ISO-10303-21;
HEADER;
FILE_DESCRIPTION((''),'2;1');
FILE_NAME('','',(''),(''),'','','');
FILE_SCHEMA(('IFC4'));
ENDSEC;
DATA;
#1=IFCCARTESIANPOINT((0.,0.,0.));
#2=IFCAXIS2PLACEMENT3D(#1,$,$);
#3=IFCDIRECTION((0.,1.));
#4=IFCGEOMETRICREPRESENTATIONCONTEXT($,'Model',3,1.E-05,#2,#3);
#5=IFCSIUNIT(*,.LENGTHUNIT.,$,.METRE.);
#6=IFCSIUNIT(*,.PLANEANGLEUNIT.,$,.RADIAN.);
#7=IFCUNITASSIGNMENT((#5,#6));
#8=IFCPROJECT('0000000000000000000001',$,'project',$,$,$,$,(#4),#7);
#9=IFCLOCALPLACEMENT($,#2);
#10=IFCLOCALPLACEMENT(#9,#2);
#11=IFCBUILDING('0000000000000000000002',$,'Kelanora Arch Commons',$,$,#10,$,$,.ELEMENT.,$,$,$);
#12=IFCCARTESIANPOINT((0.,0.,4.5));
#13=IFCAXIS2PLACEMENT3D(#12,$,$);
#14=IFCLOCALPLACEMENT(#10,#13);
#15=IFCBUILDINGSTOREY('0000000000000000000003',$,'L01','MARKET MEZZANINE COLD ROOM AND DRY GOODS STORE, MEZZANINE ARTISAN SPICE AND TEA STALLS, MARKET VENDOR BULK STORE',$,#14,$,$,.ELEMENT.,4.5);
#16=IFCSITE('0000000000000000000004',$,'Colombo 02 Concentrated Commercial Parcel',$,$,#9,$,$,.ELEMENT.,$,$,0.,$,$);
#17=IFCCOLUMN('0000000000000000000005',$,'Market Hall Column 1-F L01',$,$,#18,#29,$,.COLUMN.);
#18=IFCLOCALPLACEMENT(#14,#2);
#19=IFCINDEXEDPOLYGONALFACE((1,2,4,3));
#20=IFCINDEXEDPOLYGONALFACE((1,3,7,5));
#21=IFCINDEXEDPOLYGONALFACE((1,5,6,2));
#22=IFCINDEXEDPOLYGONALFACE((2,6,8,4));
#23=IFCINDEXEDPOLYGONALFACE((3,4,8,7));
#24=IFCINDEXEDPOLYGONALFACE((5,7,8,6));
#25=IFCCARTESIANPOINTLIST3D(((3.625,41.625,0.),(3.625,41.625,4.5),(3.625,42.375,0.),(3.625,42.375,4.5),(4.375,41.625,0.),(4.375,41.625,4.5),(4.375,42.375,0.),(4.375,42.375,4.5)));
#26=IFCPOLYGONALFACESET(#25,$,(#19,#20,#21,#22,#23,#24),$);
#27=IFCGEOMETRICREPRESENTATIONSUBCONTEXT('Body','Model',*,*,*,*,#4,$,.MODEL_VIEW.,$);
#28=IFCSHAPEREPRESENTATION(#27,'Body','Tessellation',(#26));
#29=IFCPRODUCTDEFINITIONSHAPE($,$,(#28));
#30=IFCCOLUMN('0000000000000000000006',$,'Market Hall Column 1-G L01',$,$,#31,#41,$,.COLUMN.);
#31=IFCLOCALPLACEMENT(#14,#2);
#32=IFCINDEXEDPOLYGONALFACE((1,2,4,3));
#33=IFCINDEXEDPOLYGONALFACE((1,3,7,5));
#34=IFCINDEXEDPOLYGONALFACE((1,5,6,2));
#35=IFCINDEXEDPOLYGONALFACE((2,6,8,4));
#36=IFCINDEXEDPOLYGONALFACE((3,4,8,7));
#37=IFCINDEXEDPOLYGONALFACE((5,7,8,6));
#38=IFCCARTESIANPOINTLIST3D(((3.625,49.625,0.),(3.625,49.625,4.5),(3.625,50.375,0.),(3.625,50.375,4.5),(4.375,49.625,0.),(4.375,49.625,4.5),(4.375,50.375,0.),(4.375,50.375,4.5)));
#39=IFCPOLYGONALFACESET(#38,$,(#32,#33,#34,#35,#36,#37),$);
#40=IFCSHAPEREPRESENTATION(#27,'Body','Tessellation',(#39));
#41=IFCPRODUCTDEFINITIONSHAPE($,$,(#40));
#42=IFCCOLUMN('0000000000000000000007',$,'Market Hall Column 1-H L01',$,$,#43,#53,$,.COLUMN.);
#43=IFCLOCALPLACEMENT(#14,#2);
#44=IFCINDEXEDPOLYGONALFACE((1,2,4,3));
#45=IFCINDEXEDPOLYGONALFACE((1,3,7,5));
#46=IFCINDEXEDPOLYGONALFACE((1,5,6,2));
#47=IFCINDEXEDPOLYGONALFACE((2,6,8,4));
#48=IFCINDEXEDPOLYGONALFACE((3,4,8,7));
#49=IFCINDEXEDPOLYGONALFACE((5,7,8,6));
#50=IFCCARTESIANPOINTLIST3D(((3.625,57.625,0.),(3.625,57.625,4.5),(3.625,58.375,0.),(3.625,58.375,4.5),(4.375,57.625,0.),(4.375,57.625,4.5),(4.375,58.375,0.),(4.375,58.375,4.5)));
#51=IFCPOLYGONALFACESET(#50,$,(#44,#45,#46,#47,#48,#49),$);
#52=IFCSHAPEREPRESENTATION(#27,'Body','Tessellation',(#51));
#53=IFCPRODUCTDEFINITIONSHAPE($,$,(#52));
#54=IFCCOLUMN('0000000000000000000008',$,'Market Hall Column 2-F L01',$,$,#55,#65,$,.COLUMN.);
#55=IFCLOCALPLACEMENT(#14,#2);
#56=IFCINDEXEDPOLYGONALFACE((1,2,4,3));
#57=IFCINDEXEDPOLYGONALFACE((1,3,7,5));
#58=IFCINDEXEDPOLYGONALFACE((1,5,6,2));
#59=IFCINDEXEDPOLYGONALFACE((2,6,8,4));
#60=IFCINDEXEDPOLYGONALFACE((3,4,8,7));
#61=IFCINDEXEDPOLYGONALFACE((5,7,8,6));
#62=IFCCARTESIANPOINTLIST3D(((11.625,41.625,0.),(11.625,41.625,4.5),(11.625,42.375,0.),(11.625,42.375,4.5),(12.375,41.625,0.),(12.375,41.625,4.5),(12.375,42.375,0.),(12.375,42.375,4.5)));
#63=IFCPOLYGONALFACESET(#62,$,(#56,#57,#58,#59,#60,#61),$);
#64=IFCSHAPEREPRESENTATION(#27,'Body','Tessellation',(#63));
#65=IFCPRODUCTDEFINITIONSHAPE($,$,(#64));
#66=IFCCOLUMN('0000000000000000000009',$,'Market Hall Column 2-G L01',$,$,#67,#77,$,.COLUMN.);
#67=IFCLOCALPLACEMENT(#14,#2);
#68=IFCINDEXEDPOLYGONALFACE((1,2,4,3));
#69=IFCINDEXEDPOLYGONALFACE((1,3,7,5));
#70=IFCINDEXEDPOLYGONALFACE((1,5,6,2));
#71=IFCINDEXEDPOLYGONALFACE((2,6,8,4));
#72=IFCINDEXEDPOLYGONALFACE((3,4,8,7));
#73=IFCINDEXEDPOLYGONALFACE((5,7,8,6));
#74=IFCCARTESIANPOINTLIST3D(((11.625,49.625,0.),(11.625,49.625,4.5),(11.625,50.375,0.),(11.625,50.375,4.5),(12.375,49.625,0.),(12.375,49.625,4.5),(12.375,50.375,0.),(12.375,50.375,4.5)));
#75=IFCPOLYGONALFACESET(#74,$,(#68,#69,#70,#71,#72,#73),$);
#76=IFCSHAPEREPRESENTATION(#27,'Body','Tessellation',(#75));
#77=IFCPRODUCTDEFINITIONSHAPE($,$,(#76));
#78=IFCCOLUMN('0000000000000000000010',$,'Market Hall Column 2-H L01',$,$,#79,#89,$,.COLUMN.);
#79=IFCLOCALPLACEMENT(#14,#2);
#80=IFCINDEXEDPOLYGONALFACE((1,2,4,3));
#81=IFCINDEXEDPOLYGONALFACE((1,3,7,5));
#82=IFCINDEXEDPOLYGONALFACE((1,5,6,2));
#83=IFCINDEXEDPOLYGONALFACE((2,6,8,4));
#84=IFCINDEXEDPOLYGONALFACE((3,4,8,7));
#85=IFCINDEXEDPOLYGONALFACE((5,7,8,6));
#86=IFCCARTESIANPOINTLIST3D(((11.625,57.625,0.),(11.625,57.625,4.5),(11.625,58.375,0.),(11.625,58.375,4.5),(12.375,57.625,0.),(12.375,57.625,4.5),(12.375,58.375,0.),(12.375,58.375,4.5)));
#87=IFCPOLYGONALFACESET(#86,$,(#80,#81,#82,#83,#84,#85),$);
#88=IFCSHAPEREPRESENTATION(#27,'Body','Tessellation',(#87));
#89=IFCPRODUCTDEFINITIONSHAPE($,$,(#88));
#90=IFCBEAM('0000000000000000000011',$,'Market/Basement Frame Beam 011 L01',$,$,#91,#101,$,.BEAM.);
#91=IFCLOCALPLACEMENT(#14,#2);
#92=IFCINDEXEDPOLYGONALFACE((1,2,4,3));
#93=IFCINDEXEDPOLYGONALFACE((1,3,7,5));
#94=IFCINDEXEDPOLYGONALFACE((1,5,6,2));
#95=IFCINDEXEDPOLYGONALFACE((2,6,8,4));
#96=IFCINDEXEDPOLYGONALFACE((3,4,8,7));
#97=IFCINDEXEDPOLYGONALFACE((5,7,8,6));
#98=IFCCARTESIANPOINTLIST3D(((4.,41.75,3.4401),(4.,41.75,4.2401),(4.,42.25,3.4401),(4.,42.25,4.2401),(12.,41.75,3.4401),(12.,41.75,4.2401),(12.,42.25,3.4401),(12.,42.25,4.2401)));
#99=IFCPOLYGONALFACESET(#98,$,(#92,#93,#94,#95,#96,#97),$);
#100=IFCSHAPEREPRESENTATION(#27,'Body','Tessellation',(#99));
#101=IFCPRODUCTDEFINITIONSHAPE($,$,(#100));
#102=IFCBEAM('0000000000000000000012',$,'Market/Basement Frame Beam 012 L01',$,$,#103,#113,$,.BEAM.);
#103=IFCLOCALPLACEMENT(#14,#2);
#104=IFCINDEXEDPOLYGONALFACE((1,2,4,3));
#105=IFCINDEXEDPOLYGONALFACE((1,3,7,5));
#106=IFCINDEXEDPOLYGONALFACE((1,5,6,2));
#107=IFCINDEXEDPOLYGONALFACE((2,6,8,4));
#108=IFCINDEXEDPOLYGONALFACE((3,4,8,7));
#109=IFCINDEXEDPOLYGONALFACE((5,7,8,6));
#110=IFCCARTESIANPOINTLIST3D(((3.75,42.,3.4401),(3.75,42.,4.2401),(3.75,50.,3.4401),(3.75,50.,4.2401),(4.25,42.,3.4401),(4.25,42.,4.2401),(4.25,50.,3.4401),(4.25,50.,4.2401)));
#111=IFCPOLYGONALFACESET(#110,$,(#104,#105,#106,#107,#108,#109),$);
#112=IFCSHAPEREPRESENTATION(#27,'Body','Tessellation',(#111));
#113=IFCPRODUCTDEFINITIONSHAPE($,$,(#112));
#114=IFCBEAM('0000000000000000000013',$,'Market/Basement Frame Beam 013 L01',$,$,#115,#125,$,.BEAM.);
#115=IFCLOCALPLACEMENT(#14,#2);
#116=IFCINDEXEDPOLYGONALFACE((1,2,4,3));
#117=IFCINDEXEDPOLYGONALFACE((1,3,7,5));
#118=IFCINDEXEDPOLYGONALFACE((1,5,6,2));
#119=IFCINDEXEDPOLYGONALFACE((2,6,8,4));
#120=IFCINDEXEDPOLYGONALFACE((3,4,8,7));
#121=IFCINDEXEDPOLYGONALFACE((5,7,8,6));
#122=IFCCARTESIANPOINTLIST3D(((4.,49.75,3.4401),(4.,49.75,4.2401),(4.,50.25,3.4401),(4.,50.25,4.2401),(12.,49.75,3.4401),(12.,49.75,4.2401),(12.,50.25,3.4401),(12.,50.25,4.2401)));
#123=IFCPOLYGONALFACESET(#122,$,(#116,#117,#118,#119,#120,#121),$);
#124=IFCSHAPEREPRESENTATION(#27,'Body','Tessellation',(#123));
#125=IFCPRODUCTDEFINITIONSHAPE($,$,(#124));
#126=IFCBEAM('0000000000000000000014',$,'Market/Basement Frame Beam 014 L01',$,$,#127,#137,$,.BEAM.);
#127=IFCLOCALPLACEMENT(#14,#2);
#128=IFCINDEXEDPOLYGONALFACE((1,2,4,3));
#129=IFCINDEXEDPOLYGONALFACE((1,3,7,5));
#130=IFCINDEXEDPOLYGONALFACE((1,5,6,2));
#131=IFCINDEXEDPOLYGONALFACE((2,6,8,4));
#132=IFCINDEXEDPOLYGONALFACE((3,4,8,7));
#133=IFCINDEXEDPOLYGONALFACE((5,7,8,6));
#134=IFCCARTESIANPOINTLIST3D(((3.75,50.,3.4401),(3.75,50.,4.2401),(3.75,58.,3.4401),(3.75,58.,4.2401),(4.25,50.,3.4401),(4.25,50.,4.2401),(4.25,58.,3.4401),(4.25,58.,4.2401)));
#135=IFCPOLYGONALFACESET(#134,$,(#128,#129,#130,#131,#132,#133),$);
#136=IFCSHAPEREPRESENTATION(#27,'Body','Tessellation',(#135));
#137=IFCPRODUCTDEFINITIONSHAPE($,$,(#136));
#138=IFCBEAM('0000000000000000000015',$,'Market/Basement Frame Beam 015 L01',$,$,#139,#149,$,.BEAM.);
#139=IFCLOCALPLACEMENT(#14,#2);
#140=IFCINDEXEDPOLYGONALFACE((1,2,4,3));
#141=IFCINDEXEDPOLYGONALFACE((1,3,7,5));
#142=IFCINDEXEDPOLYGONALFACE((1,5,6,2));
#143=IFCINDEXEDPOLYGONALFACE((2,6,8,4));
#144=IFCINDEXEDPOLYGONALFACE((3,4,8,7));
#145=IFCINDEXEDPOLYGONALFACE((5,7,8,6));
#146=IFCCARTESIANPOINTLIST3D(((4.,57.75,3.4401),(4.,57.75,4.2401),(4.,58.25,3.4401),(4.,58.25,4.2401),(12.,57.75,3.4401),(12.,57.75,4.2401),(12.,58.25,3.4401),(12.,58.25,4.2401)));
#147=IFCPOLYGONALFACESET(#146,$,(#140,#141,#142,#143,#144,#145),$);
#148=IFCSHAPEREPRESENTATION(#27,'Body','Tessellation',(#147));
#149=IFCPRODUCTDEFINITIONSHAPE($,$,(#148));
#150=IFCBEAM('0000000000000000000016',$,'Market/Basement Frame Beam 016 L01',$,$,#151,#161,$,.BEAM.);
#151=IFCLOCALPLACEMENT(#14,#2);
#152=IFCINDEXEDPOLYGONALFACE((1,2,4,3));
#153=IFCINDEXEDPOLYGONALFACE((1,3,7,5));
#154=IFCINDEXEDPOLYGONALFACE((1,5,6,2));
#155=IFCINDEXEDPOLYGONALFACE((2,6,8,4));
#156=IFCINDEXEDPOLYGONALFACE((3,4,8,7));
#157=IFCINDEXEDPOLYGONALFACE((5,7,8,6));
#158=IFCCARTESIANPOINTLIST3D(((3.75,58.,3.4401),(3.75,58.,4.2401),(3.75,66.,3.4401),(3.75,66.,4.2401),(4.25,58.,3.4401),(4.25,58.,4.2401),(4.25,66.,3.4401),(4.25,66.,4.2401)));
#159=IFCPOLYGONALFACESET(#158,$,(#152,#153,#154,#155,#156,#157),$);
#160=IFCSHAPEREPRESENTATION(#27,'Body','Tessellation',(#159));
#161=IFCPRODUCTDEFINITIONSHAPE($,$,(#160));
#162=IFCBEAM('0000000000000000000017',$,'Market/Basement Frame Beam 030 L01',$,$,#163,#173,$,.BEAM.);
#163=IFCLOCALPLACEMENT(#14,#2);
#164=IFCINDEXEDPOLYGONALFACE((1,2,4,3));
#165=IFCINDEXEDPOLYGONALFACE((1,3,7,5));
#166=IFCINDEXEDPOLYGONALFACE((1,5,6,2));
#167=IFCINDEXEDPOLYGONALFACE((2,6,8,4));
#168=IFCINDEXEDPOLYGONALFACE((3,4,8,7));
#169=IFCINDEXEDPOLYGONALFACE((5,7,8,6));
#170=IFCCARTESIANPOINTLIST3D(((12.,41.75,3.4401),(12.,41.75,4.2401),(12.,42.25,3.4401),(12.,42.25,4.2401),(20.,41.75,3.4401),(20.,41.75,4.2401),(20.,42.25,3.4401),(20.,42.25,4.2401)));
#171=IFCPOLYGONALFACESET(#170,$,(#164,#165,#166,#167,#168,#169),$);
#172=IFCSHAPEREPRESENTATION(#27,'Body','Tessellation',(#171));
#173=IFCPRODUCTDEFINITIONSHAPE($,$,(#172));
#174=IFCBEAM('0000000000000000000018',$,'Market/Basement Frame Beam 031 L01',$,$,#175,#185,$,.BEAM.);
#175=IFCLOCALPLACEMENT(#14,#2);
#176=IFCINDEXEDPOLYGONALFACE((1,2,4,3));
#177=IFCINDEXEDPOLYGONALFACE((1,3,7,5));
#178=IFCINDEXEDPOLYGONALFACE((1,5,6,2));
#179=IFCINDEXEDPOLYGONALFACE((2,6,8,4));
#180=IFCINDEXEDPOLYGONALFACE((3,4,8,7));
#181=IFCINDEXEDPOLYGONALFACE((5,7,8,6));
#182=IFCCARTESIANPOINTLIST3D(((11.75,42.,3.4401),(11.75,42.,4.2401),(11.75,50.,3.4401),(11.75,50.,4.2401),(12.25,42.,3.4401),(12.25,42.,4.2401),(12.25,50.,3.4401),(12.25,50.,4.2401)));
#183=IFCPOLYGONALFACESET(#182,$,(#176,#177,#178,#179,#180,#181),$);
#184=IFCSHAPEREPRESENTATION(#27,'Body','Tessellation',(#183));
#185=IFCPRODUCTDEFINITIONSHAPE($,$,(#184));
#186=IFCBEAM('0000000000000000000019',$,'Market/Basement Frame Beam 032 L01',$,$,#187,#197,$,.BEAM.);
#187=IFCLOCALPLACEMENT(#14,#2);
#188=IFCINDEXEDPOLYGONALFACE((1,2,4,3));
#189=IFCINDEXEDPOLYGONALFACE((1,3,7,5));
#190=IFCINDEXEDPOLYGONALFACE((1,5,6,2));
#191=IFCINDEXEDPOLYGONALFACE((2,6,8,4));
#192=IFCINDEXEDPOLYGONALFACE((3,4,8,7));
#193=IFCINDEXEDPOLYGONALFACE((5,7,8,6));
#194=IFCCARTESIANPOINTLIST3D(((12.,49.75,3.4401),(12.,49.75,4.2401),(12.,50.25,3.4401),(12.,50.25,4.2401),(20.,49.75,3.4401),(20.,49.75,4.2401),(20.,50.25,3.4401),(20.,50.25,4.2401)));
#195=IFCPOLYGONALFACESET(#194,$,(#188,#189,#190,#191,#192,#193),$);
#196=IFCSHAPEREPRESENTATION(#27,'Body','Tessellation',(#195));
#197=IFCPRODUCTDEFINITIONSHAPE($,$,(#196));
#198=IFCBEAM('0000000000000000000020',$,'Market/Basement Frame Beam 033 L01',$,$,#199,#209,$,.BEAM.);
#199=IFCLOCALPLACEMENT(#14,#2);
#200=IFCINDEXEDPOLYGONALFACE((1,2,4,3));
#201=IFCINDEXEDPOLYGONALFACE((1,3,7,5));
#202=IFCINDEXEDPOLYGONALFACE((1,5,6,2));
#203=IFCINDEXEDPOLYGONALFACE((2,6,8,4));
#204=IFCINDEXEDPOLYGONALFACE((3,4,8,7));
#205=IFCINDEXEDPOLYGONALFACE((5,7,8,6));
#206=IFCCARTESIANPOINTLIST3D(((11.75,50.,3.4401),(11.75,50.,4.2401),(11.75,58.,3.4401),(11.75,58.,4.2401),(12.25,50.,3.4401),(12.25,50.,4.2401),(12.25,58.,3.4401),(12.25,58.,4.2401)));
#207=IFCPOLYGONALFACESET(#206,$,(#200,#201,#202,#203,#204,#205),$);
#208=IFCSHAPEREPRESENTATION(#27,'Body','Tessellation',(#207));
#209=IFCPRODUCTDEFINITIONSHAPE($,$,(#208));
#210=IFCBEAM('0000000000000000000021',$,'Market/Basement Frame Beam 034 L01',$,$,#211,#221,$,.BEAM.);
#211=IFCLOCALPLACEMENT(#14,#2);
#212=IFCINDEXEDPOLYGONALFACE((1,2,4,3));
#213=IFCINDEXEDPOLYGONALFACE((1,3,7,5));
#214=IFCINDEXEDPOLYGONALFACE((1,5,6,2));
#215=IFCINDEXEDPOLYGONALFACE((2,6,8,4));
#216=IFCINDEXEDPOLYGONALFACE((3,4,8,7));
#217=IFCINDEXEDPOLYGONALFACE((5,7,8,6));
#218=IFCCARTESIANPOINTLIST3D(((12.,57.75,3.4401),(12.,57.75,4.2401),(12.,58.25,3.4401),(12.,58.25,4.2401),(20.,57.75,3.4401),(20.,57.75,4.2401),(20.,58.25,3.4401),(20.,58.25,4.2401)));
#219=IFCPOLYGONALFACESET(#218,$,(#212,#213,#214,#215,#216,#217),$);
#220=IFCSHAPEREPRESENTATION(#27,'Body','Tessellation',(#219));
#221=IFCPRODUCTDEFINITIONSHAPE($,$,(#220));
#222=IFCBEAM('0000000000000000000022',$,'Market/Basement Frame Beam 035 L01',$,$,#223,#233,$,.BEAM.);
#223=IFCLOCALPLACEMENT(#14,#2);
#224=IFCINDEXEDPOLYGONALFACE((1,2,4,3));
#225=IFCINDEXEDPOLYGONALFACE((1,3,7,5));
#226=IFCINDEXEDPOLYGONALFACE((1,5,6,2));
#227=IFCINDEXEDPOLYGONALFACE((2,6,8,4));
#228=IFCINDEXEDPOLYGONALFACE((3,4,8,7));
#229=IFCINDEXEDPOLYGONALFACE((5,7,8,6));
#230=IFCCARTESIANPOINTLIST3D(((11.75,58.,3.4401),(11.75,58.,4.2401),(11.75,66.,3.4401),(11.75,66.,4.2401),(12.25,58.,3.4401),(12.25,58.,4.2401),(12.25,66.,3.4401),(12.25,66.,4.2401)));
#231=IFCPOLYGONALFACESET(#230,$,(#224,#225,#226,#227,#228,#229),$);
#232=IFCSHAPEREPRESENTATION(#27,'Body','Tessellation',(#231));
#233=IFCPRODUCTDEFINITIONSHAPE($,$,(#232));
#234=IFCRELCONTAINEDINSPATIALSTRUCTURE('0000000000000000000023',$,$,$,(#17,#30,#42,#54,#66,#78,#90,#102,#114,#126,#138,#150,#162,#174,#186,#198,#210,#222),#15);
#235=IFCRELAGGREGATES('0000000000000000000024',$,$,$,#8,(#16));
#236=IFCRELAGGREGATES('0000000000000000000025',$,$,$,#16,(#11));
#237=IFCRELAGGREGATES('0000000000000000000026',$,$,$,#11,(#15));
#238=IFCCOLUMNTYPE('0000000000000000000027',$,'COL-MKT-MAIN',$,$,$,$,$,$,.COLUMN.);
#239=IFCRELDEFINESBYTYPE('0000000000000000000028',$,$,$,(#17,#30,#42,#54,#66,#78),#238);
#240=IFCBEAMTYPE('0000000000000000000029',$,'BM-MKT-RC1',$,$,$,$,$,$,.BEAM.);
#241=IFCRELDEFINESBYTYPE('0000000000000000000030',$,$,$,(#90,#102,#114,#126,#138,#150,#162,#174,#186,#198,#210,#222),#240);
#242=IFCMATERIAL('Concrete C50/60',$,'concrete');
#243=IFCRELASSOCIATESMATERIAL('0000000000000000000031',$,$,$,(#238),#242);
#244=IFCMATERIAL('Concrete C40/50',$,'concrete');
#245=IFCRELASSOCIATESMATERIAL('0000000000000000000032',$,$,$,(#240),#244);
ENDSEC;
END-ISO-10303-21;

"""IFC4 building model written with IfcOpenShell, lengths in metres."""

from ifc_helpers import new_model, si_unit, direction, frame, origin, origin_2d, place, context, subcontext, project, spatial, rectangle, extrude, material, material_profile, profile_set, type_object, element, save


model = new_model("IFC4")

# Units and contexts
model_context = context("Model", 3, precision=1e-05, world=origin(), true_north=direction((0.0, 1.0)))
body_context = subcontext(model_context, "Body", "Model", "MODEL_VIEW")
ifc_project = project(units=[si_unit("LENGTHUNIT", "METRE"), si_unit("PLANEANGLEUNIT", "RADIAN")], contexts=[model_context])

# Site, building, storey
site_placement = place(None, origin())
site = spatial("IfcSite", under=ifc_project, at=site_placement, Name="Colombo 02 Concentrated Commercial Parcel", CompositionType="ELEMENT", RefElevation=0.0)
building_placement = place(site_placement, origin())
building = spatial("IfcBuilding", under=site, at=building_placement, Name="Kelanora Arch Commons", CompositionType="ELEMENT")
storey_placement = place(building_placement, frame((0.0, 0.0, 4.5)))
storey = spatial("IfcBuildingStorey", under=building, at=storey_placement, Name="L01", Description="MARKET MEZZANINE COLD ROOM AND DRY GOODS STORE, MEZZANINE ARTISAN SPICE AND TEA STALLS, MARKET VENDOR BULK STORE", CompositionType="ELEMENT", Elevation=4.5)

# Columns
ifc_material_1 = material(Name="Concrete C50/60", Category="concrete")
ifc_material_profile_1 = material_profile(ifc_material_1, rectangle(XDim=0.75, YDim=0.75, at=origin_2d()), Name="RC750x750")
ifc_profile_set_1 = profile_set([ifc_material_profile_1], Name="Concrete C50/60")
column_type = type_object("IfcColumnType", Name="COL-MKT-MAIN", PredefinedType="COLUMN", material=ifc_profile_set_1)
for number, where, z_axis, x_axis, name in (
    (1, (4.0, 42.0, 0.0), (0.0, 0.0, 1.0), (1.0, 0.0, 0.0), "Market Hall Column 1-F L01"),
    (2, (4.0, 50.0, 0.0), (0.0, 0.0, 1.0), (1.0, 0.0, 0.0), "Market Hall Column 1-G L01"),
    (3, (4.0, 58.0, 0.0), (0.0, 0.0, 1.0), (1.0, 0.0, 0.0), "Market Hall Column 1-H L01"),
    (4, (12.0, 42.0, 0.0), (0.0, 0.0, 1.0), (1.0, 0.0, 0.0), "Market Hall Column 2-F L01"),
    (5, (12.0, 50.0, 0.0), (0.0, 0.0, 1.0), (1.0, 0.0, 0.0), "Market Hall Column 2-G L01"),
    (6, (12.0, 58.0, 0.0), (0.0, 0.0, 1.0), (1.0, 0.0, 0.0), "Market Hall Column 2-H L01"),
):
    element("IfcColumn", number, at=place(storey_placement, frame(where, z_axis=z_axis, x_axis=x_axis)), inside=storey, type_object=column_type, Name=name, PredefinedType="COLUMN", context=body_context, shape_type="SweptSolid", body=[
        extrude(rectangle(XDim=0.75, YDim=0.75, at=origin_2d()), origin(), (0.0, 0.0, 1.0), 4.5),
    ])

# Beams
ifc_material_2 = material(Name="Concrete C40/50", Category="concrete")
ifc_material_profile_2 = material_profile(ifc_material_2, rectangle(XDim=0.5, YDim=0.8, at=origin_2d()), Name="RCB500x800")
ifc_profile_set_2 = profile_set([ifc_material_profile_2], Name="Concrete C40/50")
beam_type = type_object("IfcBeamType", Name="BM-MKT-RC1", PredefinedType="BEAM", material=ifc_profile_set_2)
for number, where, z_axis, x_axis, name in (
    (7, (4.0, 42.0, 3.8401), (1.0, 0.0, 0.0), (0.0, 1.0, 0.0), "Market/Basement Frame Beam 011 L01"),
    (8, (4.0, 42.0, 3.8401), (0.0, 1.0, 0.0), (-1.0, 0.0, 0.0), "Market/Basement Frame Beam 012 L01"),
    (9, (4.0, 50.0, 3.8401), (1.0, 0.0, 0.0), (0.0, 1.0, 0.0), "Market/Basement Frame Beam 013 L01"),
    (10, (4.0, 50.0, 3.8401), (0.0, 1.0, 0.0), (-1.0, 0.0, 0.0), "Market/Basement Frame Beam 014 L01"),
    (11, (4.0, 58.0, 3.8401), (1.0, 0.0, 0.0), (0.0, 1.0, 0.0), "Market/Basement Frame Beam 015 L01"),
    (12, (4.0, 58.0, 3.8401), (0.0, 1.0, 0.0), (-1.0, 0.0, 0.0), "Market/Basement Frame Beam 016 L01"),
    (13, (12.0, 42.0, 3.8401), (1.0, 0.0, 0.0), (0.0, 1.0, 0.0), "Market/Basement Frame Beam 030 L01"),
    (14, (12.0, 42.0, 3.8401), (0.0, 1.0, 0.0), (-1.0, 0.0, 0.0), "Market/Basement Frame Beam 031 L01"),
    (15, (12.0, 50.0, 3.8401), (1.0, 0.0, 0.0), (0.0, 1.0, 0.0), "Market/Basement Frame Beam 032 L01"),
    (16, (12.0, 50.0, 3.8401), (0.0, 1.0, 0.0), (-1.0, 0.0, 0.0), "Market/Basement Frame Beam 033 L01"),
    (17, (12.0, 58.0, 3.8401), (1.0, 0.0, 0.0), (0.0, 1.0, 0.0), "Market/Basement Frame Beam 034 L01"),
    (18, (12.0, 58.0, 3.8401), (0.0, 1.0, 0.0), (-1.0, 0.0, 0.0), "Market/Basement Frame Beam 035 L01"),
):
    element("IfcBeam", number, at=place(storey_placement, frame(where, z_axis=z_axis, x_axis=x_axis)), inside=storey, type_object=beam_type, Name=name, PredefinedType="BEAM", context=body_context, shape_type="SweptSolid", body=[
        extrude(rectangle(XDim=0.5, YDim=0.8, at=origin_2d()), origin(), (0.0, 0.0, 1.0), 8.0),
    ])

save(model, "model.ifc")
